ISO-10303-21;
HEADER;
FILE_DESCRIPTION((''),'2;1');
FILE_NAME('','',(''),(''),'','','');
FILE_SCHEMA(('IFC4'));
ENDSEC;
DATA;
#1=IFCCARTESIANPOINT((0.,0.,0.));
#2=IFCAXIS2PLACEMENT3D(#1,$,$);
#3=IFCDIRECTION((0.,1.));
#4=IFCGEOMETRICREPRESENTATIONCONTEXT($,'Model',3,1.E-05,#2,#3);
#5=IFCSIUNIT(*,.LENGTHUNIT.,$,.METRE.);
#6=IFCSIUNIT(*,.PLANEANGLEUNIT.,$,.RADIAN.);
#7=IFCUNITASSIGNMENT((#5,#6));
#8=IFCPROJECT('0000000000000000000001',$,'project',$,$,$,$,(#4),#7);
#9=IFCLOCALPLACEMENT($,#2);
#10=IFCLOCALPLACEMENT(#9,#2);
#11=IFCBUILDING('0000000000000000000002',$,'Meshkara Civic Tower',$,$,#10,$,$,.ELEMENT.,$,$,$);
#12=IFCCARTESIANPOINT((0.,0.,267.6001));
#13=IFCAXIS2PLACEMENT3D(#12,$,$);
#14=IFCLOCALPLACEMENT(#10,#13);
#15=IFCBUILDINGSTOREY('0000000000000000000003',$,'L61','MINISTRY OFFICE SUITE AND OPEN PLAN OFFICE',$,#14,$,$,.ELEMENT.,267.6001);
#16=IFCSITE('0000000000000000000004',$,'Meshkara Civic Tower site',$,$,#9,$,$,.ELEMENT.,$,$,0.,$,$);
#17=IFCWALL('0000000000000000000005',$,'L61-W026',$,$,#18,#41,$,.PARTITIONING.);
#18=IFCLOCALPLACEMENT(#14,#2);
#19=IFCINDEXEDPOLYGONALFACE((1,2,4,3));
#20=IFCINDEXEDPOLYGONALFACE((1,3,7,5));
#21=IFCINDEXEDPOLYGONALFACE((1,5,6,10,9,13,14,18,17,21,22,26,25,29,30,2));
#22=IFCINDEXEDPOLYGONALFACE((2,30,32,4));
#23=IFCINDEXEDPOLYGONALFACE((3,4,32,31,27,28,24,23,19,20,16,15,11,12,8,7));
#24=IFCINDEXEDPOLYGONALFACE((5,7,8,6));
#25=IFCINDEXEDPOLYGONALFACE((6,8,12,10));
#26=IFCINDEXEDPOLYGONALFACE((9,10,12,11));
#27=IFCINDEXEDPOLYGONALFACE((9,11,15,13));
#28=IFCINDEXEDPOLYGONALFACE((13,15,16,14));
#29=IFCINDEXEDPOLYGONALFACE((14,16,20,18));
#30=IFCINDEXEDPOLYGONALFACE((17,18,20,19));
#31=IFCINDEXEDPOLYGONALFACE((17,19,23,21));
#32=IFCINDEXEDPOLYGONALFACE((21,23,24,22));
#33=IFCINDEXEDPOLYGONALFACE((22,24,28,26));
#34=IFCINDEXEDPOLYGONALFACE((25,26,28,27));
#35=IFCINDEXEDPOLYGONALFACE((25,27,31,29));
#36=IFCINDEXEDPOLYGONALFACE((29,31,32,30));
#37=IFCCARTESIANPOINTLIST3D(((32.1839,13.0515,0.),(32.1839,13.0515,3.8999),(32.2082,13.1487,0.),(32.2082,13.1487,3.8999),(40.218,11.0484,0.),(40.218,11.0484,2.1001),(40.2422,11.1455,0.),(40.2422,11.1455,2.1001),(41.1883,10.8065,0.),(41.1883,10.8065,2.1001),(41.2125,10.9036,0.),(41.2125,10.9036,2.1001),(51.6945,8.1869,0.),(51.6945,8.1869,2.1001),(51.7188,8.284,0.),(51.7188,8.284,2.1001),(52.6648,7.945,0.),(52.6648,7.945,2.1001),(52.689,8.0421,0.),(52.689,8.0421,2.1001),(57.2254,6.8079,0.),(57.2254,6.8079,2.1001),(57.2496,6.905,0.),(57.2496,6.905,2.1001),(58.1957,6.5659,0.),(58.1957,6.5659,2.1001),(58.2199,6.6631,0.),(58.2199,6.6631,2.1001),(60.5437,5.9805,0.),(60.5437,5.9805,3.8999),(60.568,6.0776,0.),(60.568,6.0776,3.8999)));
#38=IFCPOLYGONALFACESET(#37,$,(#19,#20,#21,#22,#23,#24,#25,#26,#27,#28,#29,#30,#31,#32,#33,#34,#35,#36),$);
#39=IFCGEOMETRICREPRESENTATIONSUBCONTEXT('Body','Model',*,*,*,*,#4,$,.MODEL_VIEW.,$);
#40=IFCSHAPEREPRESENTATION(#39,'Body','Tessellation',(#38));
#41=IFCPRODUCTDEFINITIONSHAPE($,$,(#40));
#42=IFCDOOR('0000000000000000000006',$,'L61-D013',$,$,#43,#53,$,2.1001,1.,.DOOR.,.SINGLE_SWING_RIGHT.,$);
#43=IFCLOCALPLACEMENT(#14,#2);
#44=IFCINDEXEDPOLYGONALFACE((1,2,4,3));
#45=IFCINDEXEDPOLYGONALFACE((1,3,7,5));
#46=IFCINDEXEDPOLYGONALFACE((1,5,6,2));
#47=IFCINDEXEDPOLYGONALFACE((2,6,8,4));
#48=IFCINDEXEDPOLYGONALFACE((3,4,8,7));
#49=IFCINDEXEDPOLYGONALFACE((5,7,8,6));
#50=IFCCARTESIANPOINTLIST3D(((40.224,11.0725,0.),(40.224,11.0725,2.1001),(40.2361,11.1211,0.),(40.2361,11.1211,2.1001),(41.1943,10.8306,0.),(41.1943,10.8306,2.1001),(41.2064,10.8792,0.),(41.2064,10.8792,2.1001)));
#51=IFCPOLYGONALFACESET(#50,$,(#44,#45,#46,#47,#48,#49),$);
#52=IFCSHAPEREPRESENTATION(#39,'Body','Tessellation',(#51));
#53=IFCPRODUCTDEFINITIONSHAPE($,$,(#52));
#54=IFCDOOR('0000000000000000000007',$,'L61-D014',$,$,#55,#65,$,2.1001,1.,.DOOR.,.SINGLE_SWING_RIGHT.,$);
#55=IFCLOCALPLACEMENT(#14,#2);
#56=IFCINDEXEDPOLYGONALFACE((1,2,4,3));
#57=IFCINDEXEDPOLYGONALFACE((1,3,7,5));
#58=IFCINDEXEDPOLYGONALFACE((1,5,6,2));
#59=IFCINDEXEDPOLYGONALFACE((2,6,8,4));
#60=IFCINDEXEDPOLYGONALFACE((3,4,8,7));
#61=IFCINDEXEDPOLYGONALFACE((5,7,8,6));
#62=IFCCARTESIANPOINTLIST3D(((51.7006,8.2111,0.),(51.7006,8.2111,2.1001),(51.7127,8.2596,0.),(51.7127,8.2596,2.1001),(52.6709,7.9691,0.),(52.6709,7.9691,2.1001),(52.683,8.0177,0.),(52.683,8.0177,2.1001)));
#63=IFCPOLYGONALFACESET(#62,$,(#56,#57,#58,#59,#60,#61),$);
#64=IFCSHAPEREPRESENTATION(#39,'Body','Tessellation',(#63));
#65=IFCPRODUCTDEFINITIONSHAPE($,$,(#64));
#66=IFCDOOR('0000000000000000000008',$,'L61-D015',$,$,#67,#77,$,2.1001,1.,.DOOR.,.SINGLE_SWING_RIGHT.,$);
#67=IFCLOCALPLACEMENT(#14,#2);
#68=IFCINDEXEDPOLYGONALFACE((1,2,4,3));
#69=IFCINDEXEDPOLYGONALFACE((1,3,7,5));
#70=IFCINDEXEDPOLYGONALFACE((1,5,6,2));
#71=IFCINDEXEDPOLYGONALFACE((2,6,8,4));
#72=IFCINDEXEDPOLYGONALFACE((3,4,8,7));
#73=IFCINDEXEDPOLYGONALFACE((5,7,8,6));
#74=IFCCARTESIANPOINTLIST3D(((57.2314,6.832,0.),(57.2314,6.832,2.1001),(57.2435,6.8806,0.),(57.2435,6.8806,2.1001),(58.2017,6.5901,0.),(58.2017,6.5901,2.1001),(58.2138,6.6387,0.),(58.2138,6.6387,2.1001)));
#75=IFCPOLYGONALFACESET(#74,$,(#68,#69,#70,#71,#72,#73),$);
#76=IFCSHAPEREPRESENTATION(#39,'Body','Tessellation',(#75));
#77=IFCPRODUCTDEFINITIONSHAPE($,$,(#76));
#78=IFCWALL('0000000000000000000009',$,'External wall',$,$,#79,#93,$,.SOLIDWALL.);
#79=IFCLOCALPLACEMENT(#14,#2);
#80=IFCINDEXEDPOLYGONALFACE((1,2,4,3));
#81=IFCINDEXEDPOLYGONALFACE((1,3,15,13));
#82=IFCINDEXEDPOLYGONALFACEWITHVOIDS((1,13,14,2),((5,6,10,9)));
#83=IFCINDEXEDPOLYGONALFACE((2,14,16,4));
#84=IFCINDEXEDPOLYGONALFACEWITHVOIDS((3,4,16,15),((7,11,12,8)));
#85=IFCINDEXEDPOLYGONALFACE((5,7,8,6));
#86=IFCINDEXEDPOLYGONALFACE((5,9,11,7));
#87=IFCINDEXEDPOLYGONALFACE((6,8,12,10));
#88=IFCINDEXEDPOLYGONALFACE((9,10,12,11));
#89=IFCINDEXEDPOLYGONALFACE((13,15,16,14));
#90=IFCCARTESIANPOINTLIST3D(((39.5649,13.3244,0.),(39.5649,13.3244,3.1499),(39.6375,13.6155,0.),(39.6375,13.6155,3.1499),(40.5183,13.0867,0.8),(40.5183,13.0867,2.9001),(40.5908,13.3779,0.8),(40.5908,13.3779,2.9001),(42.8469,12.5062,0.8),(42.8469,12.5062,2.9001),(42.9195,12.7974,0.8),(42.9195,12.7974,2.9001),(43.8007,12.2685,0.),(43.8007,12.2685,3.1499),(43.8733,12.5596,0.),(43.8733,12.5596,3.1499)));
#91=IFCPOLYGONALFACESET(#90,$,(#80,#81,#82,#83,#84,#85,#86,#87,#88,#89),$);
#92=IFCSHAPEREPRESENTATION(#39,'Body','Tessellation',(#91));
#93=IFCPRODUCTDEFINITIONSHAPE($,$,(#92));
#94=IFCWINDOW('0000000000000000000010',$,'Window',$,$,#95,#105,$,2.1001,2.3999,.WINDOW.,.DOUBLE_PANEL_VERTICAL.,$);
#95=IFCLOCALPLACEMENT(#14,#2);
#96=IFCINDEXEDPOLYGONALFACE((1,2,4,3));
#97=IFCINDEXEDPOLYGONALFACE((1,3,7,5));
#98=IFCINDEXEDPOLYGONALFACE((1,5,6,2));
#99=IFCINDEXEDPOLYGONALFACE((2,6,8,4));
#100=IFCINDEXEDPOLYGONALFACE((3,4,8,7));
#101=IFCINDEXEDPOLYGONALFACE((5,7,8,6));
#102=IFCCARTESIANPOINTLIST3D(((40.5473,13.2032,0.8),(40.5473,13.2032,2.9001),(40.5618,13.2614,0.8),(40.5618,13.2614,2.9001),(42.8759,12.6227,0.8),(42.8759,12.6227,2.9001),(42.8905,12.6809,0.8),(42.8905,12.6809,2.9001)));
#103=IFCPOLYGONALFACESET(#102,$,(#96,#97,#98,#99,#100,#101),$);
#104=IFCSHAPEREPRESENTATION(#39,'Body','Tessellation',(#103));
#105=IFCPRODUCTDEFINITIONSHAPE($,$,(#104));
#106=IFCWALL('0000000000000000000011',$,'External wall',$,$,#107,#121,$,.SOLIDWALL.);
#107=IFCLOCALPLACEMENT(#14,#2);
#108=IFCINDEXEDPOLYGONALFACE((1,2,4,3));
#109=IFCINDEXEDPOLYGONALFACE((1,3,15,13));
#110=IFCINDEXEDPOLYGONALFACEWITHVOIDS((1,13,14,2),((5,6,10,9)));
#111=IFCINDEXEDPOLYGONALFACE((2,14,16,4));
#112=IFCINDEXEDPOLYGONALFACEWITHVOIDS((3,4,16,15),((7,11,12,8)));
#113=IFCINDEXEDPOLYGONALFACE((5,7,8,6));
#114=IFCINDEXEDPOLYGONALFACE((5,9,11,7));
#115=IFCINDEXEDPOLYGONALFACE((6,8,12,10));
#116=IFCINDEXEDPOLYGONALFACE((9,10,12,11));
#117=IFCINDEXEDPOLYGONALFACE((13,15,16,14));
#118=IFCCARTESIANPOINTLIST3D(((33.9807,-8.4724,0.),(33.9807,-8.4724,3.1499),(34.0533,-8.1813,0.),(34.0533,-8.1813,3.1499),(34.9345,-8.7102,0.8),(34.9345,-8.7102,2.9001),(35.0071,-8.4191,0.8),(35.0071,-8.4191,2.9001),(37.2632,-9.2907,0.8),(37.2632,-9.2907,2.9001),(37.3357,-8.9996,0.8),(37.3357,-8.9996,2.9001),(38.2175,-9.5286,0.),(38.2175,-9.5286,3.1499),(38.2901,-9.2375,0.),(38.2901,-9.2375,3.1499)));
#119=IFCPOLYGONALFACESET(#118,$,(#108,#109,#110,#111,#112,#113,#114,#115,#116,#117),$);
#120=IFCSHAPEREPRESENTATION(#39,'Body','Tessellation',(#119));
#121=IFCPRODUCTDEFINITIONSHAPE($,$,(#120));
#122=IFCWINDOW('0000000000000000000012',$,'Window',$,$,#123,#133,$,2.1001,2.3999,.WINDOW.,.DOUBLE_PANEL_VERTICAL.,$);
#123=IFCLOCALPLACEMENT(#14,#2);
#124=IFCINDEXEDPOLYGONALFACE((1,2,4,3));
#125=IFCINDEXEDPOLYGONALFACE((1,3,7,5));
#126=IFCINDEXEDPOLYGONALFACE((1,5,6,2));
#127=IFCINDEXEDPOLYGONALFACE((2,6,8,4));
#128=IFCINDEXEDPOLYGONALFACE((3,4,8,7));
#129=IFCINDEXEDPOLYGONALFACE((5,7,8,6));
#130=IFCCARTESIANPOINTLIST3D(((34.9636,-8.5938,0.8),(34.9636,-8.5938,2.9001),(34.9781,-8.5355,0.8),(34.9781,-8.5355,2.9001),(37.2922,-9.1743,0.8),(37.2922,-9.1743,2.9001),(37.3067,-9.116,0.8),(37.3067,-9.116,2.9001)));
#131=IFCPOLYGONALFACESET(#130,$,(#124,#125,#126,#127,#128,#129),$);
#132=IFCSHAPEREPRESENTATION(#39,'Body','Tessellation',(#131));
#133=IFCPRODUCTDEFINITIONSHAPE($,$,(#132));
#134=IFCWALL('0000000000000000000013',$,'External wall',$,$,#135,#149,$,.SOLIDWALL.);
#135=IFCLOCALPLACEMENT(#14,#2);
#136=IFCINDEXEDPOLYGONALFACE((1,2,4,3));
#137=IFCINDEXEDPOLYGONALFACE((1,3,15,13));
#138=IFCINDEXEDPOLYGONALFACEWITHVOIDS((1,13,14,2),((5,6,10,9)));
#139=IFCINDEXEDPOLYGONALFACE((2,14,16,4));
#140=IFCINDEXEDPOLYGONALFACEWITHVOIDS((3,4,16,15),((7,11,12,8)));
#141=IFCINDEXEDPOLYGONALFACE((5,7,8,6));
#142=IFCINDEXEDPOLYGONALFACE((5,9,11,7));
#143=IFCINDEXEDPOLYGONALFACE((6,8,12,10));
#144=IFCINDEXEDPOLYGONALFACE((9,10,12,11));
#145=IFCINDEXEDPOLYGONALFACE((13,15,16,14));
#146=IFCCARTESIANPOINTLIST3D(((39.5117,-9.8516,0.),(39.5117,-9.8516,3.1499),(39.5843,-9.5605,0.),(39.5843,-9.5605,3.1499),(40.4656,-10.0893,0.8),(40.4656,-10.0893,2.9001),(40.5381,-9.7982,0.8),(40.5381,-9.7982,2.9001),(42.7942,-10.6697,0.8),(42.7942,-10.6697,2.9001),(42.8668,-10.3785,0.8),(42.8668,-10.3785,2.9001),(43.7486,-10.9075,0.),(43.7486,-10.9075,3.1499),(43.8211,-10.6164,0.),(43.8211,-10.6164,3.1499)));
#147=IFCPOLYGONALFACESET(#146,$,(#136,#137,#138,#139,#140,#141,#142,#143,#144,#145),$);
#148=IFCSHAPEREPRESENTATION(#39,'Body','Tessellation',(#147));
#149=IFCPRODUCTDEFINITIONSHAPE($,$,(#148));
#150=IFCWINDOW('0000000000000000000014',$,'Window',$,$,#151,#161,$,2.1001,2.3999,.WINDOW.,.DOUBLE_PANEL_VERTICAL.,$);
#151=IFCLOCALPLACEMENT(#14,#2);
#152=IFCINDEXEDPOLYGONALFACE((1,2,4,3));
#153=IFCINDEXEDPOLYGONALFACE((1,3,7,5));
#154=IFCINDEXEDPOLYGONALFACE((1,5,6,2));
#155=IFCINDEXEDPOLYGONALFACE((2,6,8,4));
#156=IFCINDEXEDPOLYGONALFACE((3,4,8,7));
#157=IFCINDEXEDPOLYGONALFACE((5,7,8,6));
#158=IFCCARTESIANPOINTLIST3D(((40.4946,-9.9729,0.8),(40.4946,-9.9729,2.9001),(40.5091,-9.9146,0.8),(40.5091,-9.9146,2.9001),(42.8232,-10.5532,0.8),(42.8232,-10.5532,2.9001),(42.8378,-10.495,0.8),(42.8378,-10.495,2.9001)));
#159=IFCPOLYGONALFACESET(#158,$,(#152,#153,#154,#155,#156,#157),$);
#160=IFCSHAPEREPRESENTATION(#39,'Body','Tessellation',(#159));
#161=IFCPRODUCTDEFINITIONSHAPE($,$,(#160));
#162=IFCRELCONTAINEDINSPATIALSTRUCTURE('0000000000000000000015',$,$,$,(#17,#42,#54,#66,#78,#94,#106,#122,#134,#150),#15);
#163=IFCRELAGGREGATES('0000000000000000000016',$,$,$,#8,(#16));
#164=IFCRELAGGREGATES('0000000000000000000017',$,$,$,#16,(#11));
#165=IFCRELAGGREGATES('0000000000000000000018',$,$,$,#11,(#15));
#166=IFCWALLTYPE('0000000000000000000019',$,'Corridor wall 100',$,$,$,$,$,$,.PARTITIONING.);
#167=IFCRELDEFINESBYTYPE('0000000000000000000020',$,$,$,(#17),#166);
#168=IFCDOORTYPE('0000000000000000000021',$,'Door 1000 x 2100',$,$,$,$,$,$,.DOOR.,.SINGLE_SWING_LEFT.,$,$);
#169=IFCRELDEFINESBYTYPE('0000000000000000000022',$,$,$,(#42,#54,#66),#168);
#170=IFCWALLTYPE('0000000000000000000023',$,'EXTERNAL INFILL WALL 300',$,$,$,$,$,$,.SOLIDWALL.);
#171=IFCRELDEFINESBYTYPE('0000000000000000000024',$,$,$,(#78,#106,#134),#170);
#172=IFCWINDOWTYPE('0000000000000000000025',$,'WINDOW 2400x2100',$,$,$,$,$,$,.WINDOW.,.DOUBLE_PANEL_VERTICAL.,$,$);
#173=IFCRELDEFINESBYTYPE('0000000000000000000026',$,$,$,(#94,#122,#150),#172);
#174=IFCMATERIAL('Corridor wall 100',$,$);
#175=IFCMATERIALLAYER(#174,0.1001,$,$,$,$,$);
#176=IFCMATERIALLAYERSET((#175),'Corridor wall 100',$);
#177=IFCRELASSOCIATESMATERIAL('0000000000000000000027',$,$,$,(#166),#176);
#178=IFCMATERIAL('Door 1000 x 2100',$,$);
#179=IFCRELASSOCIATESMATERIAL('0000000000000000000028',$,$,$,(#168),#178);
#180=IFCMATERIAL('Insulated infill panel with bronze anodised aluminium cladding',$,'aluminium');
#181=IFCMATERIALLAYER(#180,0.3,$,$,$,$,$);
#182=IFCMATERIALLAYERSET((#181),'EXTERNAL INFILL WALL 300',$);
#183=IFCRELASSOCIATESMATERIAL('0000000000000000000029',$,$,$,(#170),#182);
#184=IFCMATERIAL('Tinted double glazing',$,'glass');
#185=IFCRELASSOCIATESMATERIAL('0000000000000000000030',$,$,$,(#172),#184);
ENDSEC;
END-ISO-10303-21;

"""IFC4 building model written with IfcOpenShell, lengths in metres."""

from ifc_helpers import new_model, si_unit, direction, frame, frame_2d, origin, place, context, subcontext, project, spatial, rectangle, extrude, material, layer, layer_set, type_object, element, fill, save


model = new_model("IFC4")

# Units and contexts
model_context = context("Model", 3, precision=1e-05, world=origin(), true_north=direction((0.0, 1.0)))
body_context = subcontext(model_context, "Body", "Model", "MODEL_VIEW")
ifc_project = project(units=[si_unit("LENGTHUNIT", "METRE"), si_unit("PLANEANGLEUNIT", "RADIAN")], contexts=[model_context])

# Site, building, storey
site_placement = place(None, origin())
site = spatial("IfcSite", under=ifc_project, at=site_placement, Name="Meshkara Civic Tower site", CompositionType="ELEMENT", RefElevation=0.0)
building_placement = place(site_placement, origin())
building = spatial("IfcBuilding", under=site, at=building_placement, Name="Meshkara Civic Tower", CompositionType="ELEMENT")
storey_placement = place(building_placement, frame((0.0, 0.0, 267.6001)))
storey = spatial("IfcBuildingStorey", under=building, at=storey_placement, Name="L61", Description="MINISTRY OFFICE SUITE AND OPEN PLAN OFFICE", CompositionType="ELEMENT", Elevation=267.6001)

# Wall, openings, doors
ifc_material_1 = material(Name="Corridor wall 100")
ifc_layer_1 = layer(ifc_material_1, 0.1001)
ifc_layer_set_1 = layer_set([ifc_layer_1], Name="Corridor wall 100")
wall_type_1 = type_object("IfcWallType", Name="Corridor wall 100", PredefinedType="PARTITIONING", material=ifc_layer_set_1)
wall_1_placement = place(storey_placement, frame((32.196, 13.1001, 0.0), z_axis=(0.0, 0.0, 1.0), x_axis=(0.970295, -0.241926, 0.0)))
wall_1 = element("IfcWall", 1, at=wall_1_placement, inside=storey, type_object=wall_type_1, Name="L61-W026", PredefinedType="PARTITIONING", context=body_context, shape_type="SweptSolid", body=[
    extrude(rectangle(XDim=29.228, YDim=0.1001, at=frame_2d((14.614, 0.0))), origin(), (0.0, 0.0, 1.0), 3.8999),
])
opening_1_placement = place(wall_1_placement, frame((8.28, 0.0, 0.0)))
opening_1 = element("IfcOpeningElement", 2, at=opening_1_placement, cuts=wall_1, PredefinedType="OPENING", context=body_context, shape_type="SweptSolid", body=[
    extrude(rectangle(XDim=1.0, YDim=2.1001, at=frame_2d((0.5, 1.05))), frame((0.0, 0.0601, 0.0), z_axis=(0.0, -1.0, 0.0), x_axis=(1.0, 0.0, 0.0)), (0.0, 0.0, 1.0), 0.1201),
])
opening_2_placement = place(wall_1_placement, frame((20.1079, 0.0, 0.0)))
opening_2 = element("IfcOpeningElement", 3, at=opening_2_placement, cuts=wall_1, PredefinedType="OPENING", context=body_context, shape_type="SweptSolid", body=[
    extrude(rectangle(XDim=1.0, YDim=2.1001, at=frame_2d((0.5, 1.05))), frame((0.0, 0.0601, 0.0), z_axis=(0.0, -1.0, 0.0), x_axis=(1.0, 0.0, 0.0)), (0.0, 0.0, 1.0), 0.1201),
])
opening_3_placement = place(wall_1_placement, frame((25.8081, 0.0, 0.0)))
opening_3 = element("IfcOpeningElement", 4, at=opening_3_placement, cuts=wall_1, PredefinedType="OPENING", context=body_context, shape_type="SweptSolid", body=[
    extrude(rectangle(XDim=1.0, YDim=2.1001, at=frame_2d((0.5, 1.05))), frame((0.0, 0.0601, 0.0), z_axis=(0.0, -1.0, 0.0), x_axis=(1.0, 0.0, 0.0)), (0.0, 0.0, 1.0), 0.1201),
])
ifc_material_2 = material(Name="Door 1000 x 2100")
door_type = type_object("IfcDoorType", Name="Door 1000 x 2100", OperationType="SINGLE_SWING_LEFT", PredefinedType="DOOR", material=ifc_material_2)
door_1_placement = place(opening_1_placement, origin())
door_1 = element("IfcDoor", 5, at=door_1_placement, inside=storey, type_object=door_type, Name="L61-D013", OperationType="SINGLE_SWING_RIGHT", OverallHeight=2.1001, OverallWidth=1.0, PredefinedType="DOOR", context=body_context, shape_type="SweptSolid", body=[
    extrude(rectangle(XDim=1.0, YDim=2.1001, at=frame_2d((0.5, 1.05))), frame((0.0, 0.0249, 0.0), z_axis=(0.0, -1.0, 0.0), x_axis=(1.0, 0.0, 0.0)), (0.0, 0.0, 1.0), 0.05),
])
fill(opening_1, door_1)
door_2_placement = place(opening_2_placement, origin())
door_2 = element("IfcDoor", 6, at=door_2_placement, inside=storey, type_object=door_type, Name="L61-D014", OperationType="SINGLE_SWING_RIGHT", OverallHeight=2.1001, OverallWidth=1.0, PredefinedType="DOOR", context=body_context, shape_type="SweptSolid", body=[
    extrude(rectangle(XDim=1.0, YDim=2.1001, at=frame_2d((0.5, 1.05))), frame((0.0, 0.0249, 0.0), z_axis=(0.0, -1.0, 0.0), x_axis=(1.0, 0.0, 0.0)), (0.0, 0.0, 1.0), 0.05),
])
fill(opening_2, door_2)
door_3_placement = place(opening_3_placement, origin())
door_3 = element("IfcDoor", 7, at=door_3_placement, inside=storey, type_object=door_type, Name="L61-D015", OperationType="SINGLE_SWING_RIGHT", OverallHeight=2.1001, OverallWidth=1.0, PredefinedType="DOOR", context=body_context, shape_type="SweptSolid", body=[
    extrude(rectangle(XDim=1.0, YDim=2.1001, at=frame_2d((0.5, 1.05))), frame((0.0, 0.0249, 0.0), z_axis=(0.0, -1.0, 0.0), x_axis=(1.0, 0.0, 0.0)), (0.0, 0.0, 1.0), 0.05),
])
fill(opening_3, door_3)

# Walls, openings, windows
ifc_material_3 = material(Name="Insulated infill panel with bronze anodised aluminium cladding", Category="aluminium")
ifc_layer_2 = layer(ifc_material_3, 0.3)
ifc_layer_set_2 = layer_set([ifc_layer_2], Name="EXTERNAL INFILL WALL 300")
wall_type_2 = type_object("IfcWallType", Name="EXTERNAL INFILL WALL 300", PredefinedType="SOLIDWALL", material=ifc_layer_set_2)
wall_2_placement = place(storey_placement, frame((43.8369, 12.4141, 0.0), z_axis=(0.0, 0.0, 1.0), x_axis=(-0.970307, 0.241878, 0.0)))
wall_2 = element("IfcWall", 8, at=wall_2_placement, inside=storey, type_object=wall_type_2, Name="External wall", PredefinedType="SOLIDWALL", context=body_context, shape_type="SweptSolid", body=[
    extrude(rectangle(XDim=4.3655, YDim=0.3, at=frame_2d((2.1826, 0.0))), origin(), (0.0, 0.0, 1.0), 3.1499),
])
opening_4_placement = place(wall_2_placement, frame((0.9829, 0.0, 0.8)))
opening_4 = element("IfcOpeningElement", 9, at=opening_4_placement, cuts=wall_2, PredefinedType="OPENING", context=body_context, shape_type="SweptSolid", body=[
    extrude(rectangle(XDim=2.3999, YDim=2.1001, at=frame_2d((1.2, 1.05))), frame((0.0, 0.1599, 0.0), z_axis=(0.0, -1.0, 0.0), x_axis=(1.0, 0.0, 0.0)), (0.0, 0.0, 1.0), 0.3201),
])
ifc_material_4 = material(Name="Tinted double glazing", Category="glass")
window_type = type_object("IfcWindowType", Name="WINDOW 2400x2100", PartitioningType="DOUBLE_PANEL_VERTICAL", PredefinedType="WINDOW", material=ifc_material_4)
window_1_placement = place(opening_4_placement, origin())
window_1 = element("IfcWindow", 10, at=window_1_placement, inside=storey, type_object=window_type, Name="Window", OverallHeight=2.1001, OverallWidth=2.3999, PartitioningType="DOUBLE_PANEL_VERTICAL", PredefinedType="WINDOW", context=body_context, shape_type="SweptSolid", body=[
    extrude(rectangle(XDim=2.3999, YDim=2.1001, at=frame_2d((1.2, 1.05))), frame((0.0, 0.03, 0.0), z_axis=(0.0, -1.0, 0.0), x_axis=(1.0, 0.0, 0.0)), (0.0, 0.0, 1.0), 0.0601),
])
fill(opening_4, window_1)
wall_3_placement = place(storey_placement, frame((34.0171, -8.3269, 0.0), z_axis=(0.0, 0.0, 1.0), x_axis=(0.970307, -0.241878, 0.0)))
wall_3 = element("IfcWall", 11, at=wall_3_placement, inside=storey, type_object=wall_type_2, Name="External wall", PredefinedType="SOLIDWALL", context=body_context, shape_type="SweptSolid", body=[
    extrude(rectangle(XDim=4.3665, YDim=0.3, at=frame_2d((2.1831, 0.0))), origin(), (0.0, 0.0, 1.0), 3.1499),
])
opening_5_placement = place(wall_3_placement, frame((0.9829, 0.0, 0.8)))
opening_5 = element("IfcOpeningElement", 12, at=opening_5_placement, cuts=wall_3, PredefinedType="OPENING", context=body_context, shape_type="SweptSolid", body=[
    extrude(rectangle(XDim=2.3999, YDim=2.1001, at=frame_2d((1.2, 1.05))), frame((0.0, 0.1599, 0.0), z_axis=(0.0, -1.0, 0.0), x_axis=(1.0, 0.0, 0.0)), (0.0, 0.0, 1.0), 0.3201),
])
window_2_placement = place(opening_5_placement, origin())
window_2 = element("IfcWindow", 13, at=window_2_placement, inside=storey, type_object=window_type, Name="Window", OverallHeight=2.1001, OverallWidth=2.3999, PartitioningType="DOUBLE_PANEL_VERTICAL", PredefinedType="WINDOW", context=body_context, shape_type="SweptSolid", body=[
    extrude(rectangle(XDim=2.3999, YDim=2.1001, at=frame_2d((1.2, 1.05))), frame((0.0, 0.03, 0.0), z_axis=(0.0, -1.0, 0.0), x_axis=(1.0, 0.0, 0.0)), (0.0, 0.0, 1.0), 0.0601),
])
fill(opening_5, window_2)
wall_4_placement = place(storey_placement, frame((39.5481, -9.7061, 0.0), z_axis=(0.0, 0.0, 1.0), x_axis=(0.97032, -0.241825, 0.0)))
wall_4 = element("IfcWall", 14, at=wall_4_placement, inside=storey, type_object=wall_type_2, Name="External wall", PredefinedType="SOLIDWALL", context=body_context, shape_type="SweptSolid", body=[
    extrude(rectangle(XDim=4.3665, YDim=0.3, at=frame_2d((2.1831, 0.0))), origin(), (0.0, 0.0, 1.0), 3.1499),
])
opening_6_placement = place(wall_4_placement, frame((0.9829, 0.0, 0.8)))
opening_6 = element("IfcOpeningElement", 15, at=opening_6_placement, cuts=wall_4, PredefinedType="OPENING", context=body_context, shape_type="SweptSolid", body=[
    extrude(rectangle(XDim=2.3999, YDim=2.1001, at=frame_2d((1.2, 1.05))), frame((0.0, 0.1599, 0.0), z_axis=(0.0, -1.0, 0.0), x_axis=(1.0, 0.0, 0.0)), (0.0, 0.0, 1.0), 0.3201),
])
window_3_placement = place(opening_6_placement, origin())
window_3 = element("IfcWindow", 16, at=window_3_placement, inside=storey, type_object=window_type, Name="Window", OverallHeight=2.1001, OverallWidth=2.3999, PartitioningType="DOUBLE_PANEL_VERTICAL", PredefinedType="WINDOW", context=body_context, shape_type="SweptSolid", body=[
    extrude(rectangle(XDim=2.3999, YDim=2.1001, at=frame_2d((1.2, 1.05))), frame((0.0, 0.03, 0.0), z_axis=(0.0, -1.0, 0.0), x_axis=(1.0, 0.0, 0.0)), (0.0, 0.0, 1.0), 0.0601),
])
fill(opening_6, window_3)

save(model, "model.ifc")
